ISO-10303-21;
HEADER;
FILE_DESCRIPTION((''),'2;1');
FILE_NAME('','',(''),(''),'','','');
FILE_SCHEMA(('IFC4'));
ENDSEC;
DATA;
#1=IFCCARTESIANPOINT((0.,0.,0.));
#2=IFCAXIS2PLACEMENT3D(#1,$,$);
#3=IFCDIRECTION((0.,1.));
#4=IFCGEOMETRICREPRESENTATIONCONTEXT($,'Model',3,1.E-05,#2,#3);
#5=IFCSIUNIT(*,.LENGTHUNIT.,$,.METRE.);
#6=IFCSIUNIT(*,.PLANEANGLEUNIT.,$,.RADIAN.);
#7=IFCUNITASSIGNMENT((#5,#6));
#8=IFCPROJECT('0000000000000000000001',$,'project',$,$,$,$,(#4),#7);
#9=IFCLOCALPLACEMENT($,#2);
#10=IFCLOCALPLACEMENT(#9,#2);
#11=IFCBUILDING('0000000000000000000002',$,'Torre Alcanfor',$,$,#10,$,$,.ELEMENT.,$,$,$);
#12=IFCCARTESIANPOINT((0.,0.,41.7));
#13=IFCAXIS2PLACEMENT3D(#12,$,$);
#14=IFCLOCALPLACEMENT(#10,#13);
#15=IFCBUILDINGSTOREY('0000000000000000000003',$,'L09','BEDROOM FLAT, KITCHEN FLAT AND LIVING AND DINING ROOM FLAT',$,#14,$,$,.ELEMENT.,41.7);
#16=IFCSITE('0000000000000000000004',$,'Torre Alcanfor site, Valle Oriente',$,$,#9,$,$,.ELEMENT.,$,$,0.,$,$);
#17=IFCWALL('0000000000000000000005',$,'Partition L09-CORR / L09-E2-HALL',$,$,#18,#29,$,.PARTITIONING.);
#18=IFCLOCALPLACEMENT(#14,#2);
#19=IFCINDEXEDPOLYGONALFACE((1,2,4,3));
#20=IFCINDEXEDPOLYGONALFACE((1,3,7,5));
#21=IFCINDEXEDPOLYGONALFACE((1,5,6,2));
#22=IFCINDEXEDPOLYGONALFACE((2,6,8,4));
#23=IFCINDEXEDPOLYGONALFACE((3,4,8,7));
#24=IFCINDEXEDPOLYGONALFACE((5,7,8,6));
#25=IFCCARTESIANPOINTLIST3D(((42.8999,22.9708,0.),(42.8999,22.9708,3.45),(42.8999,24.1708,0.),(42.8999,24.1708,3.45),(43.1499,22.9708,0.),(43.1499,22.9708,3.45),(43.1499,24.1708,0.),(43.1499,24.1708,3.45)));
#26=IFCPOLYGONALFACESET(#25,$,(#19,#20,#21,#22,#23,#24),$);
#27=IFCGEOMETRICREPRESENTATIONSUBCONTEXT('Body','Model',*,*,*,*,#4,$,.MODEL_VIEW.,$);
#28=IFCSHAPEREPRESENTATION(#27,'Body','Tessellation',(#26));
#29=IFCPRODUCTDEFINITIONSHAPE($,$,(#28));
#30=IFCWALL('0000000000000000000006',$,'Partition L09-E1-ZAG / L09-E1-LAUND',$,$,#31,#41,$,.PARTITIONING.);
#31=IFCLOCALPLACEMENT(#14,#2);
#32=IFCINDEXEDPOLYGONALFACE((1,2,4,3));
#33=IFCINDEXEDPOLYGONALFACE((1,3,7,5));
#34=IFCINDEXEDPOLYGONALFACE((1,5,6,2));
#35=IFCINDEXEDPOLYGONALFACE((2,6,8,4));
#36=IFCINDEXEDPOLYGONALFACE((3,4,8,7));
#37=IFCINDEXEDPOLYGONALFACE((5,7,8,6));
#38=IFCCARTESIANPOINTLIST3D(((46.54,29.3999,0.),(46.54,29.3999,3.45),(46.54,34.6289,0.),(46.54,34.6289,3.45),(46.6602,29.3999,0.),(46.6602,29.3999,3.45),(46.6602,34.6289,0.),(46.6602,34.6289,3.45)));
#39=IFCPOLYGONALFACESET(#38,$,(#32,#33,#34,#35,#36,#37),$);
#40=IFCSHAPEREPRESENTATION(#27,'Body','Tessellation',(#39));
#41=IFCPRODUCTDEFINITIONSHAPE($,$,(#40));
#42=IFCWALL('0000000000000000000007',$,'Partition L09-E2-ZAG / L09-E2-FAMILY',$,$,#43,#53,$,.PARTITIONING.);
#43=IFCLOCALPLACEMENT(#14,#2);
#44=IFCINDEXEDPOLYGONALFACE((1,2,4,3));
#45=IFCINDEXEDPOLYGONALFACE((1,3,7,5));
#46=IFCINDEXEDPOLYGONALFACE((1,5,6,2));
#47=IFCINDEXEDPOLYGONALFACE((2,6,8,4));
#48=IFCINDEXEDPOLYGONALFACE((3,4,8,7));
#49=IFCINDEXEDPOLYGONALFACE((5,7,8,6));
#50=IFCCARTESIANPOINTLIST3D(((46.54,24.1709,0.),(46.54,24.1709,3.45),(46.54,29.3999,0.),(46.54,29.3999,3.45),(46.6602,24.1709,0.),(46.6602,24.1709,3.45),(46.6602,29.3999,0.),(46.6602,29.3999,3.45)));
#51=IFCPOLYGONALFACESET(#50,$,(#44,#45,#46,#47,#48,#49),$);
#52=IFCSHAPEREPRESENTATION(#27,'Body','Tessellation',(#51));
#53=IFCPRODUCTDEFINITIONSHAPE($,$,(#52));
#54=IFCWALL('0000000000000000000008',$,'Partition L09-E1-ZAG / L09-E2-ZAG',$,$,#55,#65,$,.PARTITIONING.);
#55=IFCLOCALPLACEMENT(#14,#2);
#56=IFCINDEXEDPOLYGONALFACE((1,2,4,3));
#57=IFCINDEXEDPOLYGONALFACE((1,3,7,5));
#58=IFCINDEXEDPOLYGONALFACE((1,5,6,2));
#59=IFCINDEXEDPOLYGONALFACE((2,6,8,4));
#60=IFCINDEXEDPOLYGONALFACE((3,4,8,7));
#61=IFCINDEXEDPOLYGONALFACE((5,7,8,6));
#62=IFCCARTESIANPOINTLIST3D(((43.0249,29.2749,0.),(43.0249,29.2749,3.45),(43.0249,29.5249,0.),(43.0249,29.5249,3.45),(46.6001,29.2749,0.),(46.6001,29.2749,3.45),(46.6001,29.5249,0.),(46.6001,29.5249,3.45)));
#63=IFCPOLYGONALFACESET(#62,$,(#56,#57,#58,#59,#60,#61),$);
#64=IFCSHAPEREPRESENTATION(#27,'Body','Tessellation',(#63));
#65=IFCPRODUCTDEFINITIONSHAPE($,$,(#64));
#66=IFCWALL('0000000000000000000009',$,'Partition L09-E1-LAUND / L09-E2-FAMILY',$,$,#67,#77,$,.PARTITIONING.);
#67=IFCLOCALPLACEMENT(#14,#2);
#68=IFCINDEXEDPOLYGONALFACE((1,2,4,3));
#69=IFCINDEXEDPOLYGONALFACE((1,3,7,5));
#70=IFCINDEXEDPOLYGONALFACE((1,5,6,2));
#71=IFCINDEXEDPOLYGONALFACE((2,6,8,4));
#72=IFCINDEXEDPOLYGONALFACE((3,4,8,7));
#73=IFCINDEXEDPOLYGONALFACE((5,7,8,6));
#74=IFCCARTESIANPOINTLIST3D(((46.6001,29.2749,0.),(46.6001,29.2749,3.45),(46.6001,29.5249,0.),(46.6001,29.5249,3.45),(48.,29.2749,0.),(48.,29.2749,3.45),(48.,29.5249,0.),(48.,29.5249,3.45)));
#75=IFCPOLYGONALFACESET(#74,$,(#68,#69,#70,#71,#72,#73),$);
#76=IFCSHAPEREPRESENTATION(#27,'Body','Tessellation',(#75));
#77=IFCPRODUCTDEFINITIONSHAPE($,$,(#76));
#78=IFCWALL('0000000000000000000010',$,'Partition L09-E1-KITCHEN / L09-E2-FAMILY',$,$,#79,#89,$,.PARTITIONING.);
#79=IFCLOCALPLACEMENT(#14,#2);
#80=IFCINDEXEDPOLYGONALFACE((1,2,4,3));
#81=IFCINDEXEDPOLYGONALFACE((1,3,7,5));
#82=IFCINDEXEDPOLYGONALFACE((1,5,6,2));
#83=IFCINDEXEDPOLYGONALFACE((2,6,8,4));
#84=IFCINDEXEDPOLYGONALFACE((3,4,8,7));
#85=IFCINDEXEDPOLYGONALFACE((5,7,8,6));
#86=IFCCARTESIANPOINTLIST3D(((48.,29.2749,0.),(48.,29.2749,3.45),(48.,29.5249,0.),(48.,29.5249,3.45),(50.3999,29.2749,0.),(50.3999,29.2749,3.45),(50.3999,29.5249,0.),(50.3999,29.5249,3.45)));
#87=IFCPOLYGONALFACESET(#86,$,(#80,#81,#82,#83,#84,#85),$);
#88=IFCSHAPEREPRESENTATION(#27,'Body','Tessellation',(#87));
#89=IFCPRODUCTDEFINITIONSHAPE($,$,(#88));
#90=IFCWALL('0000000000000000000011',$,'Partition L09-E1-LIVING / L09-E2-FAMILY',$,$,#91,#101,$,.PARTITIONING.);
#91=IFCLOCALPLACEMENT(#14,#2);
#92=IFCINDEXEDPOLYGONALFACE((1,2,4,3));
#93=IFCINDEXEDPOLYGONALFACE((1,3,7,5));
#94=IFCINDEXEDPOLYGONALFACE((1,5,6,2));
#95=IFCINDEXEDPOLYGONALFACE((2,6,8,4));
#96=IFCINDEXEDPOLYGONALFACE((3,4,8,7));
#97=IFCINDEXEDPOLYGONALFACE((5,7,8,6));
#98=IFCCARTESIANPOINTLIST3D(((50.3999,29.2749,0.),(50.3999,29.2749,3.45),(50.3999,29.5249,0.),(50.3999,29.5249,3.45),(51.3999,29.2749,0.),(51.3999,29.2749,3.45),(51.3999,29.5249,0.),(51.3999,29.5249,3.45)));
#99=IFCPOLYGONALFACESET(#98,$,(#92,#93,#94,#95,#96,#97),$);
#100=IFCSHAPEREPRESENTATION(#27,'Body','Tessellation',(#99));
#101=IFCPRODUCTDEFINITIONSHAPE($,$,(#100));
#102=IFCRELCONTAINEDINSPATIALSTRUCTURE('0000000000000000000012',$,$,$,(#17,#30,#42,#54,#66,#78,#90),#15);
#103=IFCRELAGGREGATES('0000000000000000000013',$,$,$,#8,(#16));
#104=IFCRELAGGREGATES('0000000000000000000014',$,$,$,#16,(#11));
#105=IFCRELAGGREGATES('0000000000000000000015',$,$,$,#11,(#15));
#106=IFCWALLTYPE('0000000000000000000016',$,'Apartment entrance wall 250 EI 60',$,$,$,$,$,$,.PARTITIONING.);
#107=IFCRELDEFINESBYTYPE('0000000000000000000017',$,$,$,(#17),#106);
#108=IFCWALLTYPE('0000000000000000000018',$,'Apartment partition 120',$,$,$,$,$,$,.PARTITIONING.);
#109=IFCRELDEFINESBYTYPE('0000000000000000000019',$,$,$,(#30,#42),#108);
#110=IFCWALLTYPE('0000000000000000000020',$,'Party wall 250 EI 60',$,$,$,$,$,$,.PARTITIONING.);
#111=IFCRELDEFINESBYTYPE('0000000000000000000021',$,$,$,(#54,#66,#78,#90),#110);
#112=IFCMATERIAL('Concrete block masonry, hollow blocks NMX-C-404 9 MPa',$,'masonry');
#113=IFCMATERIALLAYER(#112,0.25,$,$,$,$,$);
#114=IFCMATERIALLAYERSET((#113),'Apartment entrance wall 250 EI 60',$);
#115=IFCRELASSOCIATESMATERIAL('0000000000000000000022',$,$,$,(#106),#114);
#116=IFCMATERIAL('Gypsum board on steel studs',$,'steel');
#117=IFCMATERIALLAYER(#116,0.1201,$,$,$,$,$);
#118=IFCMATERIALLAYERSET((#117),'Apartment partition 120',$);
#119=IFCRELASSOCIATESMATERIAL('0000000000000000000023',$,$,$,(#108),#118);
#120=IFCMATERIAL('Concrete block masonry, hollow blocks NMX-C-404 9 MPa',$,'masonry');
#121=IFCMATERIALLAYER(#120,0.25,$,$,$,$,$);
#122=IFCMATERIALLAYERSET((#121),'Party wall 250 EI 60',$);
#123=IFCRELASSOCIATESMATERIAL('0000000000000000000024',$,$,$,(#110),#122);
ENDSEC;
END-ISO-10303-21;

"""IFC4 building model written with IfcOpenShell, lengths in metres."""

from ifc_helpers import new_model, si_unit, direction, frame, frame_2d, origin, place, context, subcontext, project, spatial, rectangle, extrude, material, layer, layer_set, type_object, element, save


model = new_model("IFC4")

# Units and contexts
model_context = context("Model", 3, precision=1e-05, world=origin(), true_north=direction((0.0, 1.0)))
body_context = subcontext(model_context, "Body", "Model", "MODEL_VIEW")
ifc_project = project(units=[si_unit("LENGTHUNIT", "METRE"), si_unit("PLANEANGLEUNIT", "RADIAN")], contexts=[model_context])

# Site, building, storey
site_placement = place(None, origin())
site = spatial("IfcSite", under=ifc_project, at=site_placement, Name="Torre Alcanfor site, Valle Oriente", CompositionType="ELEMENT", RefElevation=0.0)
building_placement = place(site_placement, origin())
building = spatial("IfcBuilding", under=site, at=building_placement, Name="Torre Alcanfor", CompositionType="ELEMENT")
storey_placement = place(building_placement, frame((0.0, 0.0, 41.7)))
storey = spatial("IfcBuildingStorey", under=building, at=storey_placement, Name="L09", Description="BEDROOM FLAT, KITCHEN FLAT AND LIVING AND DINING ROOM FLAT", CompositionType="ELEMENT", Elevation=41.7)

# Shared definitions
ifc_material_1 = material(Name="Concrete block masonry, hollow blocks NMX-C-404 9 MPa", Category="masonry")
ifc_layer_1 = layer(ifc_material_1, 0.25)
ifc_layer_set_1 = layer_set([ifc_layer_1], Name="Apartment entrance wall 250 EI 60")
wall_type_1 = type_object("IfcWallType", Name="Apartment entrance wall 250 EI 60", PredefinedType="PARTITIONING", material=ifc_layer_set_1)

# Walls
wall_1_placement = place(storey_placement, frame((43.0249, 24.1709, 0.0), z_axis=(0.0, 0.0, 1.0), x_axis=(0.0, -1.0, 0.0)))
element("IfcWall", 1, at=wall_1_placement, inside=storey, type_object=wall_type_1, Name="Partition L09-CORR / L09-E2-HALL", PredefinedType="PARTITIONING", context=body_context, shape_type="SweptSolid", body=[
    extrude(rectangle(XDim=1.2, YDim=0.25, at=frame_2d((0.6001, 0.0))), origin(), (0.0, 0.0, 1.0), 3.45),
])
ifc_material_2 = material(Name="Gypsum board on steel studs", Category="steel")
ifc_layer_2 = layer(ifc_material_2, 0.1201)
ifc_layer_set_2 = layer_set([ifc_layer_2], Name="Apartment partition 120")
wall_type_2 = type_object("IfcWallType", Name="Apartment partition 120", PredefinedType="PARTITIONING", material=ifc_layer_set_2)
for number, where, z_axis, x_axis, name in (
    (2, (46.6001, 29.3999, 0.0), (0.0, 0.0, 1.0), (0.0, 1.0, 0.0), "Partition L09-E1-ZAG / L09-E1-LAUND"),
    (3, (46.6001, 29.3999, 0.0), (0.0, 0.0, 1.0), (0.0, -1.0, 0.0), "Partition L09-E2-ZAG / L09-E2-FAMILY"),
):
    element("IfcWall", number, at=place(storey_placement, frame(where, z_axis=z_axis, x_axis=x_axis)), inside=storey, type_object=wall_type_2, Name=name, PredefinedType="PARTITIONING", context=body_context, shape_type="SweptSolid", body=[
        extrude(rectangle(XDim=5.229, YDim=0.1201, at=frame_2d((2.6145, 0.0))), origin(), (0.0, 0.0, 1.0), 3.45),
    ])
ifc_material_3 = material(Name="Concrete block masonry, hollow blocks NMX-C-404 9 MPa", Category="masonry")
ifc_layer_3 = layer(ifc_material_3, 0.25)
ifc_layer_set_3 = layer_set([ifc_layer_3], Name="Party wall 250 EI 60")
wall_type_3 = type_object("IfcWallType", Name="Party wall 250 EI 60", PredefinedType="PARTITIONING", material=ifc_layer_set_3)
wall_2_placement = place(storey_placement, frame((43.0249, 29.3999, 0.0), z_axis=(0.0, 0.0, 1.0), x_axis=(1.0, 0.0, 0.0)))
element("IfcWall", 4, at=wall_2_placement, inside=storey, type_object=wall_type_3, Name="Partition L09-E1-ZAG / L09-E2-ZAG", PredefinedType="PARTITIONING", context=body_context, shape_type="SweptSolid", body=[
    extrude(rectangle(XDim=3.5752, YDim=0.25, at=frame_2d((1.7876, 0.0))), origin(), (0.0, 0.0, 1.0), 3.45),
])
wall_3_placement = place(storey_placement, frame((46.6001, 29.3999, 0.0), z_axis=(0.0, 0.0, 1.0), x_axis=(1.0, 0.0, 0.0)))
element("IfcWall", 5, at=wall_3_placement, inside=storey, type_object=wall_type_3, Name="Partition L09-E1-LAUND / L09-E2-FAMILY", PredefinedType="PARTITIONING", context=body_context, shape_type="SweptSolid", body=[
    extrude(rectangle(XDim=1.3999, YDim=0.25, at=frame_2d((0.7, 0.0))), origin(), (0.0, 0.0, 1.0), 3.45),
])
wall_4_placement = place(storey_placement, frame((48.0, 29.3999, 0.0), z_axis=(0.0, 0.0, 1.0), x_axis=(1.0, 0.0, 0.0)))
element("IfcWall", 6, at=wall_4_placement, inside=storey, type_object=wall_type_3, Name="Partition L09-E1-KITCHEN / L09-E2-FAMILY", PredefinedType="PARTITIONING", context=body_context, shape_type="SweptSolid", body=[
    extrude(rectangle(XDim=2.3999, YDim=0.25, at=frame_2d((1.2, 0.0))), origin(), (0.0, 0.0, 1.0), 3.45),
])
wall_5_placement = place(storey_placement, frame((50.3999, 29.3999, 0.0), z_axis=(0.0, 0.0, 1.0), x_axis=(1.0, 0.0, 0.0)))
element("IfcWall", 7, at=wall_5_placement, inside=storey, type_object=wall_type_3, Name="Partition L09-E1-LIVING / L09-E2-FAMILY", PredefinedType="PARTITIONING", context=body_context, shape_type="SweptSolid", body=[
    extrude(rectangle(XDim=1.0, YDim=0.25, at=frame_2d((0.5, 0.0))), origin(), (0.0, 0.0, 1.0), 3.45),
])

save(model, "model.ifc")
